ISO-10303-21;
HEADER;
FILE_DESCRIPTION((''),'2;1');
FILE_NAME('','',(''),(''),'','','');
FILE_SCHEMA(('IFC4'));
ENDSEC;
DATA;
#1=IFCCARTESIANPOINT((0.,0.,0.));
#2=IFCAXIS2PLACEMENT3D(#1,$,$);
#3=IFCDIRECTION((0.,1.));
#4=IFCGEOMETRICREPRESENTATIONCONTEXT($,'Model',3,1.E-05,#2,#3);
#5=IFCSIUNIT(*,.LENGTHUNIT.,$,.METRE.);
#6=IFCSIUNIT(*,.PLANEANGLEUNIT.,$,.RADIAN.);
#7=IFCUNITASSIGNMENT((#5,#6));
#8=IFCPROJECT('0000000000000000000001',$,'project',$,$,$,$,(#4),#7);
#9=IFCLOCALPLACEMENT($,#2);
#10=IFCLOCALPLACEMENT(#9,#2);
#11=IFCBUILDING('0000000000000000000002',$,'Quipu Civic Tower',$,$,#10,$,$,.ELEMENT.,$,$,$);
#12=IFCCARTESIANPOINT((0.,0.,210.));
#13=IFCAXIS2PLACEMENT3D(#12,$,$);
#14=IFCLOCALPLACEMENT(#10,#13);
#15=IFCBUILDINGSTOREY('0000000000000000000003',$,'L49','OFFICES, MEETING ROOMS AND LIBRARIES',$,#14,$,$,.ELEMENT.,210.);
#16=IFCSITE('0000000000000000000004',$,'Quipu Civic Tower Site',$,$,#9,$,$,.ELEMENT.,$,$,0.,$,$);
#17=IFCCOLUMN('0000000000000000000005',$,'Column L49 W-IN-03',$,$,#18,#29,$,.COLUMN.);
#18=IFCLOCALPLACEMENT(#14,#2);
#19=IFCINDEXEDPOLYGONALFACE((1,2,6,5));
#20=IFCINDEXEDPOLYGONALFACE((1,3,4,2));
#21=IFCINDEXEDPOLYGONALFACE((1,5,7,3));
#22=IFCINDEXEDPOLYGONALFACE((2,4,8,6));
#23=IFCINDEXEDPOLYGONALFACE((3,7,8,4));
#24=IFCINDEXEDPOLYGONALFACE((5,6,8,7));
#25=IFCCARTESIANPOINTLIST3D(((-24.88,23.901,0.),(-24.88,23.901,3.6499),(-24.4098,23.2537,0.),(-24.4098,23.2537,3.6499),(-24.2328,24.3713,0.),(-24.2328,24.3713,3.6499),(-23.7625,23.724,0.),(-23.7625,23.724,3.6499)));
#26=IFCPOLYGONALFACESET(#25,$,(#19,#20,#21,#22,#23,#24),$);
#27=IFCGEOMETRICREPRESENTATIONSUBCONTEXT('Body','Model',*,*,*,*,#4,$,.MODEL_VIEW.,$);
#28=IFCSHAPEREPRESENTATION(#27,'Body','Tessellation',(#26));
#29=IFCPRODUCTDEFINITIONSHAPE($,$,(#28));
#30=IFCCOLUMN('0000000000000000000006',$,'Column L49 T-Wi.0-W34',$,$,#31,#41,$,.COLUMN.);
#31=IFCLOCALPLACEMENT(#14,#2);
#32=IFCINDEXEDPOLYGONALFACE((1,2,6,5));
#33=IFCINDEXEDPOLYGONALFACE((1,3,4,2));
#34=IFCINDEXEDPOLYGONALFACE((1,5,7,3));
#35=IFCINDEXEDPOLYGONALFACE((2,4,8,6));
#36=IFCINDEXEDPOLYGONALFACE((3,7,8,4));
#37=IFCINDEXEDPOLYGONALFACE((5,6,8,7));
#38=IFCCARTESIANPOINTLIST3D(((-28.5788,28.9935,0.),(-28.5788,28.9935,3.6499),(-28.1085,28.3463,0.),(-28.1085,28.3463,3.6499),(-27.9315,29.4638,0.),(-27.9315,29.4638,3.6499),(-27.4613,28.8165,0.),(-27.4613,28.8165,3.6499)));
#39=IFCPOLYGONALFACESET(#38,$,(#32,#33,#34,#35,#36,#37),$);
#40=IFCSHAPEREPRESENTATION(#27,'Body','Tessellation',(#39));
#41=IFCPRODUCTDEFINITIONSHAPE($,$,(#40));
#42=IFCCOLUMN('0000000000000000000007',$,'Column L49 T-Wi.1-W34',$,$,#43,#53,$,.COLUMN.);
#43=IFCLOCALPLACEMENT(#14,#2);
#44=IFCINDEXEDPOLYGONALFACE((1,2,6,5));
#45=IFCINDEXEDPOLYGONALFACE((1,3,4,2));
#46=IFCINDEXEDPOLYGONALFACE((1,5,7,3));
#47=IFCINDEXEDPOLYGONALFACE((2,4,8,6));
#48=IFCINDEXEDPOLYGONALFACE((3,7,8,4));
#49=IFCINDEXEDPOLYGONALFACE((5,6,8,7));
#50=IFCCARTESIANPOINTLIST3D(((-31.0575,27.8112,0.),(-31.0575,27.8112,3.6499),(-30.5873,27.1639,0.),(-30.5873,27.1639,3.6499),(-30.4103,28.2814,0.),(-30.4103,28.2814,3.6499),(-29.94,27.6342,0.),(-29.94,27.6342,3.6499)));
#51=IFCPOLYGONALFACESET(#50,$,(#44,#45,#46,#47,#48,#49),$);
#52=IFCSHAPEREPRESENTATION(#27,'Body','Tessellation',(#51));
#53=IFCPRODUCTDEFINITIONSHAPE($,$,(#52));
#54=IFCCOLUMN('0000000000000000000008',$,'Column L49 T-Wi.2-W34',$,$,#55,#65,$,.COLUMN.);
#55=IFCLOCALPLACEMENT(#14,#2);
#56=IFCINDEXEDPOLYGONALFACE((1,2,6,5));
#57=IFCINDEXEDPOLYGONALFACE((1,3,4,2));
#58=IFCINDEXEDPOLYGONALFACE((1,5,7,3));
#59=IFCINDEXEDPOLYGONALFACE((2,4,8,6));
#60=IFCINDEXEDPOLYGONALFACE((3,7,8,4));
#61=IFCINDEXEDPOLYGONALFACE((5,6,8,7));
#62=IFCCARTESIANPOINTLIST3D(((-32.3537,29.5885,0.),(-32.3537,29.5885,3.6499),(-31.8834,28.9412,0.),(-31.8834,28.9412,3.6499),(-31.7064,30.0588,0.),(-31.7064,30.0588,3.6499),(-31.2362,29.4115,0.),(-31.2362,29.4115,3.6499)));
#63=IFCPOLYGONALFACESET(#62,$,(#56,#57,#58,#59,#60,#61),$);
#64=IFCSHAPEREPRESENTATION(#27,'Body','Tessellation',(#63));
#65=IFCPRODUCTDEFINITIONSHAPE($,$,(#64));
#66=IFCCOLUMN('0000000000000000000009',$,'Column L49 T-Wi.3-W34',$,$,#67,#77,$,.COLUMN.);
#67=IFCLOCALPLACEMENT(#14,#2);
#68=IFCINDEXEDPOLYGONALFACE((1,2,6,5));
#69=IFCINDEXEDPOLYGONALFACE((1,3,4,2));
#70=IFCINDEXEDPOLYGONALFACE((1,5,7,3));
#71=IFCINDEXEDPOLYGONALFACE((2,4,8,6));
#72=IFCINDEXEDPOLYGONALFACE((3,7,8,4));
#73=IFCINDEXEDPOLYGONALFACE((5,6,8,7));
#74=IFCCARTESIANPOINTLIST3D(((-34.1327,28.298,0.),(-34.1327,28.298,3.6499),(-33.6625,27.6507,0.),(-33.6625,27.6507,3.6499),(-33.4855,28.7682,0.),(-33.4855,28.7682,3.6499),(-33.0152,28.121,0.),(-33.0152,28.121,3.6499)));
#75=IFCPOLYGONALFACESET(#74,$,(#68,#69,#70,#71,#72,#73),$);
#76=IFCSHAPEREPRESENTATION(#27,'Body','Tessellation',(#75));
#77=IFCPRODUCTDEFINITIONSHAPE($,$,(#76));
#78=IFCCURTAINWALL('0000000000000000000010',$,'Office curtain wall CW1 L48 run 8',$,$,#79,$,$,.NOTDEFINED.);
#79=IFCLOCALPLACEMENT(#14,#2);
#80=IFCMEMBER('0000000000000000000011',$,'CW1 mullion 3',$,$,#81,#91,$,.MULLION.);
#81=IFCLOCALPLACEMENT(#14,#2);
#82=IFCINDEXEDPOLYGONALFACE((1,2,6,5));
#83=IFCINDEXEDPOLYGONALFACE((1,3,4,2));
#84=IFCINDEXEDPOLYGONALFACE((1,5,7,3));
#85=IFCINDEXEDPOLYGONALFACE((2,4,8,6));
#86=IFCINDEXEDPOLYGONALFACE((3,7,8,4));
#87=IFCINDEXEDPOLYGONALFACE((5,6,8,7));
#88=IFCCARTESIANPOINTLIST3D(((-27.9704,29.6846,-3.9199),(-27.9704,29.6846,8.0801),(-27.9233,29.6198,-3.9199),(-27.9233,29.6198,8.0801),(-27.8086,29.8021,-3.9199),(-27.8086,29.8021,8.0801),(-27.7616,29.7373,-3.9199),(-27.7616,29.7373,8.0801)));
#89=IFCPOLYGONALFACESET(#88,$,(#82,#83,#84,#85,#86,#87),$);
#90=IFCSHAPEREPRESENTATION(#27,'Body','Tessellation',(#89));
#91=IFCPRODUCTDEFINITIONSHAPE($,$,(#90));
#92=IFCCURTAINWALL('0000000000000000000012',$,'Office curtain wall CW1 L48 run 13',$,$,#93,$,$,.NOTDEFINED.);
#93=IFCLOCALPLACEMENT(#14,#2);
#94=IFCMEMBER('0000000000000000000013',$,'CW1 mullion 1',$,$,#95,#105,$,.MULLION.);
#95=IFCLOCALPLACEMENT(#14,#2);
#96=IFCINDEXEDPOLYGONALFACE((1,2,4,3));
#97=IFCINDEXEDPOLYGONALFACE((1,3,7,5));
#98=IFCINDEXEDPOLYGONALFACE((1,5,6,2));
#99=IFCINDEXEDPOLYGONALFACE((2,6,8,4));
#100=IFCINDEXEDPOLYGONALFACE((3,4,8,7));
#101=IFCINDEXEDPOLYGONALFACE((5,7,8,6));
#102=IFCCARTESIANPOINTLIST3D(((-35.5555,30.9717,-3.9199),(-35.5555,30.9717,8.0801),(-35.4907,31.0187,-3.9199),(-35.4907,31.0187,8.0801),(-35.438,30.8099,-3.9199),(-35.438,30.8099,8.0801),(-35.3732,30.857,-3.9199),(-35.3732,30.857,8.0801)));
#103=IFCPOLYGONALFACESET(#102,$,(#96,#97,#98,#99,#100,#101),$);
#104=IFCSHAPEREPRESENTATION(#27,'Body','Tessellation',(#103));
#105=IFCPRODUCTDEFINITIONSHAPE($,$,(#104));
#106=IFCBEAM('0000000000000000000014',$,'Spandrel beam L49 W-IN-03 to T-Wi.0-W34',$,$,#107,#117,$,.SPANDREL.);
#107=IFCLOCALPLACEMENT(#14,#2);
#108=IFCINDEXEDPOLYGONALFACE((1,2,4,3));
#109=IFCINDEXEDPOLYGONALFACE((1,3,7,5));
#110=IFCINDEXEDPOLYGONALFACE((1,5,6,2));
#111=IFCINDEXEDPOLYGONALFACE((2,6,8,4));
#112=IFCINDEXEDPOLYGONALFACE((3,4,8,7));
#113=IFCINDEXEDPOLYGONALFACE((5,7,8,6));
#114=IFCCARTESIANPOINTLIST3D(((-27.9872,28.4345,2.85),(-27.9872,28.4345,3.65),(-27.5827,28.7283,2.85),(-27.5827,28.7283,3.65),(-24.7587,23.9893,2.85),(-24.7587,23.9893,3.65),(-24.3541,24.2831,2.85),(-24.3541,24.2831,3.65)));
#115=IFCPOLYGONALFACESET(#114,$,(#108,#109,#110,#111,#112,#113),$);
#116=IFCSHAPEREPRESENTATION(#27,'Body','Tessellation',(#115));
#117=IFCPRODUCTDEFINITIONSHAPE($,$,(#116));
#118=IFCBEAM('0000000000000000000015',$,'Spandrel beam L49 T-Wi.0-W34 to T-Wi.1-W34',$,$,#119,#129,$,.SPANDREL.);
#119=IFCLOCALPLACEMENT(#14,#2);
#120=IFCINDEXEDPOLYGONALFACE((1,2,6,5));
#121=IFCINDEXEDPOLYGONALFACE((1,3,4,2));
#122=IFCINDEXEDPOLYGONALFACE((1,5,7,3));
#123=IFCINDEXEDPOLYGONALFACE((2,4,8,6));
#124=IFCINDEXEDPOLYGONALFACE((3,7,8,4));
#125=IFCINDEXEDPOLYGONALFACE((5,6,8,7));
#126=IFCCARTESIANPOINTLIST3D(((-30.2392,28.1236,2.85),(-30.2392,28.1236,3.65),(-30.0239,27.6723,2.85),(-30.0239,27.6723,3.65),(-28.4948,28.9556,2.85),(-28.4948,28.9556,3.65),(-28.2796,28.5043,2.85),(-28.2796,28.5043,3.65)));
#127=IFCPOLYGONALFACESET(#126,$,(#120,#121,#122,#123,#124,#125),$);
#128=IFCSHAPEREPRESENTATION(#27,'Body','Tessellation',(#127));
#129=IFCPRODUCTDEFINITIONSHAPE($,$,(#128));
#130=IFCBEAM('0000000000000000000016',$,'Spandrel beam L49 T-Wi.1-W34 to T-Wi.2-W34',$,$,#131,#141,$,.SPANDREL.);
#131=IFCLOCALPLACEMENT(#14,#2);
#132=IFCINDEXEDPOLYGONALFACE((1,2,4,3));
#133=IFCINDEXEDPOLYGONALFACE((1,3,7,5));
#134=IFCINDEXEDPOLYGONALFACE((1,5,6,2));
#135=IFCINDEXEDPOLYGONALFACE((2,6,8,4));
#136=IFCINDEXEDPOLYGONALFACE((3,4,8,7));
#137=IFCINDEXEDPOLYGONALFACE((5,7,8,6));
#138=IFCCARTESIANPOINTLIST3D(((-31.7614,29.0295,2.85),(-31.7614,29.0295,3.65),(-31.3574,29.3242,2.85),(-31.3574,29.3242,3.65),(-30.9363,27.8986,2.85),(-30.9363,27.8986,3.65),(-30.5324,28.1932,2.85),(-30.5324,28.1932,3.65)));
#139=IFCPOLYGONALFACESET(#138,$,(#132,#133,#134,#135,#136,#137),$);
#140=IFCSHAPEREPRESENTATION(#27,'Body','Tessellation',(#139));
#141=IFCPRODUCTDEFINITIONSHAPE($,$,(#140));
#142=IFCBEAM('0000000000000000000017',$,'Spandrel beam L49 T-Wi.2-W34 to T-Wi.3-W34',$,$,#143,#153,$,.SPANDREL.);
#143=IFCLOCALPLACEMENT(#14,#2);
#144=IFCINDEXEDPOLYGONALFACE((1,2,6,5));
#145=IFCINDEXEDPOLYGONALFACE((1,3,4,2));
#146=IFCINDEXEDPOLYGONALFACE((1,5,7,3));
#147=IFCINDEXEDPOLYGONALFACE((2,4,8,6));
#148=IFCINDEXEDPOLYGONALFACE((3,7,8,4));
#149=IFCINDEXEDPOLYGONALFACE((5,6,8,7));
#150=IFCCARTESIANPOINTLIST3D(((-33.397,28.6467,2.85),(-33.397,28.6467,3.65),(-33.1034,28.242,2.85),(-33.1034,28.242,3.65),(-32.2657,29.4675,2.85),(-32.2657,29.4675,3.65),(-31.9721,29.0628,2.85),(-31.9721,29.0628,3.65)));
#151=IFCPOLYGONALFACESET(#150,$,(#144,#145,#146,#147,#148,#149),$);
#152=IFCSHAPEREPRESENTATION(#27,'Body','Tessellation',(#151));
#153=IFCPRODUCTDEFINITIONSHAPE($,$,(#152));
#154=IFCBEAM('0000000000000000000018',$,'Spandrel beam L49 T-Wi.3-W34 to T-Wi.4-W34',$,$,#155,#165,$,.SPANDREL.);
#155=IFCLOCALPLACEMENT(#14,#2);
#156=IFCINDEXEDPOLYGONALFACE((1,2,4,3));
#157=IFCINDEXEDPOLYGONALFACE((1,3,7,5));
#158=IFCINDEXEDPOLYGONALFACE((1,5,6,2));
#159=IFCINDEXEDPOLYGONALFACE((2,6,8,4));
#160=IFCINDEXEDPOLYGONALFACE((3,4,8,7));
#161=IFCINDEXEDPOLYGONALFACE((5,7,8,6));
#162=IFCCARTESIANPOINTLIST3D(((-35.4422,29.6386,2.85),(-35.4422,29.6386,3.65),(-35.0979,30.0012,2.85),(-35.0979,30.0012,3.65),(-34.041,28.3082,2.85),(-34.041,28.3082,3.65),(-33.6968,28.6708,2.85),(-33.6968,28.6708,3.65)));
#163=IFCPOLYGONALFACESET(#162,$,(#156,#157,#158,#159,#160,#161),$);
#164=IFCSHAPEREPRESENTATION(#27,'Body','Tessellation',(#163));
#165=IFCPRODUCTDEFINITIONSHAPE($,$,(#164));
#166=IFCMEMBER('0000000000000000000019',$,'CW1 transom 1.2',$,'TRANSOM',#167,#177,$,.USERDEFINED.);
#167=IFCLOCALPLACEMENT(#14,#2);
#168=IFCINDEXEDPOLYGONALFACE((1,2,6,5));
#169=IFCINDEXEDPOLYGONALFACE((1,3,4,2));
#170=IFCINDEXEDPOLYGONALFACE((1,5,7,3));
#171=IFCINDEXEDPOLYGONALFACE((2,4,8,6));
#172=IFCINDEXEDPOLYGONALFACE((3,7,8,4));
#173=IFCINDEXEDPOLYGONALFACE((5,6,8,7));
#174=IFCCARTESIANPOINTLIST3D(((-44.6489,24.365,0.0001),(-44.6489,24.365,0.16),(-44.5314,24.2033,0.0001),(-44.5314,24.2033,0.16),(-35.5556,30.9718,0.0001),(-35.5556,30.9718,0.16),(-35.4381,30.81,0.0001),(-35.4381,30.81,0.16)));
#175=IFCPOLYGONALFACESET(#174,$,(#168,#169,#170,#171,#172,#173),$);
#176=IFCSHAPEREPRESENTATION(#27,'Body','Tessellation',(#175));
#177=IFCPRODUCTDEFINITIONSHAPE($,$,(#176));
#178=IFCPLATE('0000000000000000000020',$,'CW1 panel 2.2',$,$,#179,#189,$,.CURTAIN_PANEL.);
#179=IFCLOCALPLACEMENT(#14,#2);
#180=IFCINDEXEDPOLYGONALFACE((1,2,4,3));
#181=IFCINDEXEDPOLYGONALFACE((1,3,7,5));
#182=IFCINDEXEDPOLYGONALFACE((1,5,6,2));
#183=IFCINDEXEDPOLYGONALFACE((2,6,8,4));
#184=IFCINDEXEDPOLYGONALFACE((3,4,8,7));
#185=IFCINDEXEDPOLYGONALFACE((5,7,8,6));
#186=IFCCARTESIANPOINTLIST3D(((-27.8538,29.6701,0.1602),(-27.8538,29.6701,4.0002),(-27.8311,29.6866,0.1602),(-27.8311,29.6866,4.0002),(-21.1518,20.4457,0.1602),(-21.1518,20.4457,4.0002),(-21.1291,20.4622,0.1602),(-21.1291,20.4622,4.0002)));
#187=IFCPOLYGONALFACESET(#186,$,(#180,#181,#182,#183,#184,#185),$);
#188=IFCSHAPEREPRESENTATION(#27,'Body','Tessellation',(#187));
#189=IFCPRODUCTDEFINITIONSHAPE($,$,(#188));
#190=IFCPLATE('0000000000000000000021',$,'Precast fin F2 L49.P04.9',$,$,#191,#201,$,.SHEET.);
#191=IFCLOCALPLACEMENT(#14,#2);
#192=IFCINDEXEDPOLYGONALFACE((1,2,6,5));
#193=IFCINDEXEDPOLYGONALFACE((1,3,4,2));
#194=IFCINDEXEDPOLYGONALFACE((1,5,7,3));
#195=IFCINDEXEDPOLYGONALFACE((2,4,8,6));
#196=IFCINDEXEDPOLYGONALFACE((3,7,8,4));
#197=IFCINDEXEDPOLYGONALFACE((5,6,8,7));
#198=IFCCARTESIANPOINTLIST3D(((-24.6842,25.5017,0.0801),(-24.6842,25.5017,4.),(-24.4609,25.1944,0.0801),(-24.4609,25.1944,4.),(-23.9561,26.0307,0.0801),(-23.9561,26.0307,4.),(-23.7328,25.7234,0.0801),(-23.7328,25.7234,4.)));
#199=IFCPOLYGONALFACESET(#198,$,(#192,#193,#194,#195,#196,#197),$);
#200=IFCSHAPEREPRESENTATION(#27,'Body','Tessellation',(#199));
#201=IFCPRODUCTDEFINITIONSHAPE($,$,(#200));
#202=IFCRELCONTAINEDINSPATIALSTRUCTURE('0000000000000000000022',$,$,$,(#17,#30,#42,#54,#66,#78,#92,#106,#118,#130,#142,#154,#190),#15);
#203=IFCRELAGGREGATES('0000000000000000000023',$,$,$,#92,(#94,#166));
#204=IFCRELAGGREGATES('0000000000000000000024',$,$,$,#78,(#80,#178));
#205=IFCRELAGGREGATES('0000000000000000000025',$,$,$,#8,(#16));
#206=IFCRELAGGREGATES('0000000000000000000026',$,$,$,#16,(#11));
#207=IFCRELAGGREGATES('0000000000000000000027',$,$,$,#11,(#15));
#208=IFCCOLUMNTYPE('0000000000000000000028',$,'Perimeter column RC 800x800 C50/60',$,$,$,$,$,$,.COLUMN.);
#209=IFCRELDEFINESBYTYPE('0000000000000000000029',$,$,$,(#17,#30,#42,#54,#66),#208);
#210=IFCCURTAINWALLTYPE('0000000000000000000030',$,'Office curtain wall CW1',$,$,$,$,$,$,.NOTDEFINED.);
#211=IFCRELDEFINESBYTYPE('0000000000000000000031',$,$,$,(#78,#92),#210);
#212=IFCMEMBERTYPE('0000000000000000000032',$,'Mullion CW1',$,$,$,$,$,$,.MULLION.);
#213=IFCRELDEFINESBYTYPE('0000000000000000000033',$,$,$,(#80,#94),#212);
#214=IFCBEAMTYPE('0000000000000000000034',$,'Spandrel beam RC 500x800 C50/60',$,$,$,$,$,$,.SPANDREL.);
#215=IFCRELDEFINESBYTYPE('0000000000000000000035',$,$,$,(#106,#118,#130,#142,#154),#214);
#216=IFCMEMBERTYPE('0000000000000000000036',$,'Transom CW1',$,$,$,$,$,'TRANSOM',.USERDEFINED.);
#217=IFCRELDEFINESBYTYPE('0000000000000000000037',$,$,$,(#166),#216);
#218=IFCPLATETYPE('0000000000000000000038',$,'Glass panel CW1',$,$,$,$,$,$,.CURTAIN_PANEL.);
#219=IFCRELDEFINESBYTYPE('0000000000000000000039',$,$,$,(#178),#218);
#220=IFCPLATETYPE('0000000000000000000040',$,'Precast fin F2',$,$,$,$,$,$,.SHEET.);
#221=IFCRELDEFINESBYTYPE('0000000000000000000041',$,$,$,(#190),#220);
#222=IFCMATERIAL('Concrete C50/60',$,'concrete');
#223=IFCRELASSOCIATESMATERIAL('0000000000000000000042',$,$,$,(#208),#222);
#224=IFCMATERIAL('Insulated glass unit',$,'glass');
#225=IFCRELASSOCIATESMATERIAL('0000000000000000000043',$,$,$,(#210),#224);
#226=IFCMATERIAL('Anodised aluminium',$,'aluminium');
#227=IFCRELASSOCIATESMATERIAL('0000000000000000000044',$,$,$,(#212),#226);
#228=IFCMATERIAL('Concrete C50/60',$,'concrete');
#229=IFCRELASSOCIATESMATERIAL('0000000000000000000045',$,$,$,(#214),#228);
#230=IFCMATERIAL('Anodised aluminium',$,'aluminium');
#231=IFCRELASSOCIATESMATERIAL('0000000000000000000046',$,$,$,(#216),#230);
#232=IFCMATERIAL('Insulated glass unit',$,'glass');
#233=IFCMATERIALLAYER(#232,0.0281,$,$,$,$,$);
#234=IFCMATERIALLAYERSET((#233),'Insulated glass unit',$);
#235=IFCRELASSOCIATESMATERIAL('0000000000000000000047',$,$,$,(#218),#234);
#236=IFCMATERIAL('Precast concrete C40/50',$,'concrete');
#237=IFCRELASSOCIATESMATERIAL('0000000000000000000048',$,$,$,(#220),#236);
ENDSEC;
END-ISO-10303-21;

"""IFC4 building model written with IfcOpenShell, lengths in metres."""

from ifc_helpers import new_model, si_unit, direction, frame, origin, origin_2d, place, context, subcontext, project, spatial, rectangle, extrude, material, layer, layer_set, material_profile, profile_set, type_object, element, aggregate, save


model = new_model("IFC4")

# Units and contexts
model_context = context("Model", 3, precision=1e-05, world=origin(), true_north=direction((0.0, 1.0)))
body_context = subcontext(model_context, "Body", "Model", "MODEL_VIEW")
ifc_project = project(units=[si_unit("LENGTHUNIT", "METRE"), si_unit("PLANEANGLEUNIT", "RADIAN")], contexts=[model_context])

# Site, building, storey
site_placement = place(None, origin())
site = spatial("IfcSite", under=ifc_project, at=site_placement, Name="Quipu Civic Tower Site", CompositionType="ELEMENT", RefElevation=0.0)
building_placement = place(site_placement, origin())
building = spatial("IfcBuilding", under=site, at=building_placement, Name="Quipu Civic Tower", CompositionType="ELEMENT")
storey_placement = place(building_placement, frame((0.0, 0.0, 210.0)))
storey = spatial("IfcBuildingStorey", under=building, at=storey_placement, Name="L49", Description="OFFICES, MEETING ROOMS AND LIBRARIES", CompositionType="ELEMENT", Elevation=210.0)

# Columns
ifc_material_1 = material(Name="Concrete C50/60", Category="concrete")
ifc_material_profile_1 = material_profile(ifc_material_1, rectangle(XDim=0.8, YDim=0.8, at=origin_2d()), Name="RC800x800")
ifc_profile_set_1 = profile_set([ifc_material_profile_1], Name="Concrete C50/60")
column_type = type_object("IfcColumnType", Name="Perimeter column RC 800x800 C50/60", PredefinedType="COLUMN", material=ifc_profile_set_1)
for number, where, z_axis, x_axis, name in (
    (1, (-24.3213, 23.8125, 0.0), (0.0, 0.0, 1.0), (-0.587785, 0.809017, 0.0), "Column L49 W-IN-03"),
    (2, (-28.02, 28.905, 0.0), (0.0, 0.0, 1.0), (-0.809017, -0.587785, 0.0), "Column L49 T-Wi.0-W34"),
    (3, (-30.4988, 27.7227, 0.0), (0.0, 0.0, 1.0), (-0.809017, -0.587785, 0.0), "Column L49 T-Wi.1-W34"),
    (4, (-31.7949, 29.5, 0.0), (0.0, 0.0, 1.0), (-0.587785, 0.809017, 0.0), "Column L49 T-Wi.2-W34"),
    (5, (-33.574, 28.2095, 0.0), (0.0, 0.0, 1.0), (-0.587785, 0.809017, 0.0), "Column L49 T-Wi.3-W34"),
):
    element("IfcColumn", number, at=place(storey_placement, frame(where, z_axis=z_axis, x_axis=x_axis)), inside=storey, type_object=column_type, Name=name, PredefinedType="COLUMN", context=body_context, shape_type="SweptSolid", body=[
        extrude(rectangle(XDim=0.8, YDim=0.8, at=origin_2d()), origin(), (0.0, 0.0, 1.0), 3.6499),
    ])

# Curtain walls, members
ifc_material_2 = material(Name="Insulated glass unit", Category="glass")
curtain_wall_type = type_object("IfcCurtainWallType", Name="Office curtain wall CW1", PredefinedType="NOTDEFINED", material=ifc_material_2)
curtain_wall_1_placement = place(storey_placement, origin())
curtain_wall_1 = element("IfcCurtainWall", 6, at=curtain_wall_1_placement, inside=storey, type_object=curtain_wall_type, Name="Office curtain wall CW1 L48 run 8", PredefinedType="NOTDEFINED")
ifc_material_3 = material(Name="Anodised aluminium", Category="aluminium")
ifc_material_profile_2 = material_profile(ifc_material_3, rectangle(XDim=0.2, YDim=0.0801, at=origin_2d()), Name="RECT 200x80")
ifc_profile_set_2 = profile_set([ifc_material_profile_2], Name="Anodised aluminium")
member_type_1 = type_object("IfcMemberType", Name="Mullion CW1", PredefinedType="MULLION", material=ifc_profile_set_2)
member_1_placement = place(storey_placement, frame((-27.866, 29.7109, -3.9199), z_axis=(0.0, 0.0, 1.0), x_axis=(-0.809014, -0.587789, 0.0)))
member_1 = element("IfcMember", 7, at=member_1_placement, type_object=member_type_1, Name="CW1 mullion 3", PredefinedType="MULLION", context=body_context, shape_type="SweptSolid", body=[
    extrude(rectangle(XDim=0.2, YDim=0.0801, at=origin_2d()), origin(), (0.0, 0.0, 1.0), 12.0),
])
curtain_wall_2_placement = place(storey_placement, origin())
curtain_wall_2 = element("IfcCurtainWall", 8, at=curtain_wall_2_placement, inside=storey, type_object=curtain_wall_type, Name="Office curtain wall CW1 L48 run 13", PredefinedType="NOTDEFINED")
member_2_placement = place(storey_placement, frame((-35.4644, 30.9143, -3.9199), z_axis=(0.0, 0.0, 1.0), x_axis=(0.587788, -0.809015, 0.0)))
member_2 = element("IfcMember", 9, at=member_2_placement, type_object=member_type_1, Name="CW1 mullion 1", PredefinedType="MULLION", context=body_context, shape_type="SweptSolid", body=[
    extrude(rectangle(XDim=0.2, YDim=0.0801, at=origin_2d()), origin(), (0.0, 0.0, 1.0), 12.0),
])

# Beams
ifc_material_4 = material(Name="Concrete C50/60", Category="concrete")
ifc_material_profile_3 = material_profile(ifc_material_4, rectangle(XDim=0.5, YDim=0.8, at=origin_2d()), Name="RC500x800")
ifc_profile_set_3 = profile_set([ifc_material_profile_3], Name="Concrete C50/60")
beam_type = type_object("IfcBeamType", Name="Spandrel beam RC 500x800 C50/60", PredefinedType="SPANDREL", material=ifc_profile_set_3)
beam_1_placement = place(storey_placement, frame((-24.5564, 24.1362, 3.25), z_axis=(-0.587664, 0.809105, 0.0), x_axis=(-0.809105, -0.587664, 0.0)))
element("IfcBeam", 10, at=beam_1_placement, inside=storey, type_object=beam_type, Name="Spandrel beam L49 W-IN-03 to T-Wi.0-W34", PredefinedType="SPANDREL", context=body_context, shape_type="SweptSolid", body=[
    extrude(rectangle(XDim=0.5, YDim=0.8, at=origin_2d()), origin(), (0.0, 0.0, 1.0), 5.4939),
])
beam_2_placement = place(storey_placement, frame((-28.3872, 28.73, 3.25), z_axis=(-0.902585, -0.430512, 0.0), x_axis=(0.430512, -0.902585, 0.0)))
element("IfcBeam", 11, at=beam_2_placement, inside=storey, type_object=beam_type, Name="Spandrel beam L49 T-Wi.0-W34 to T-Wi.1-W34", PredefinedType="SPANDREL", context=body_context, shape_type="SweptSolid", body=[
    extrude(rectangle(XDim=0.5, YDim=0.8, at=origin_2d()), origin(), (0.0, 0.0, 1.0), 1.9326),
])
beam_3_placement = place(storey_placement, frame((-30.7344, 28.0459, 3.25), z_axis=(-0.589343, 0.807883, 0.0), x_axis=(-0.807883, -0.589343, 0.0)))
element("IfcBeam", 12, at=beam_3_placement, inside=storey, type_object=beam_type, Name="Spandrel beam L49 T-Wi.1-W34 to T-Wi.2-W34", PredefinedType="SPANDREL", context=body_context, shape_type="SweptSolid", body=[
    extrude(rectangle(XDim=0.5, YDim=0.8, at=origin_2d()), origin(), (0.0, 0.0, 1.0), 1.3999),
])
beam_4_placement = place(storey_placement, frame((-32.1189, 29.2651, 3.25), z_axis=(-0.809415, -0.587237, 0.0), x_axis=(0.587237, -0.809415, 0.0)))
element("IfcBeam", 13, at=beam_4_placement, inside=storey, type_object=beam_type, Name="Spandrel beam L49 T-Wi.2-W34 to T-Wi.3-W34", PredefinedType="SPANDREL", context=body_context, shape_type="SweptSolid", body=[
    extrude(rectangle(XDim=0.5, YDim=0.8, at=origin_2d()), origin(), (0.0, 0.0, 1.0), 1.3977),
])
beam_5_placement = place(storey_placement, frame((-33.8689, 28.4895, 3.25), z_axis=(-0.725192, 0.688547, 0.0), x_axis=(-0.688547, -0.725192, 0.0)))
element("IfcBeam", 14, at=beam_5_placement, inside=storey, type_object=beam_type, Name="Spandrel beam L49 T-Wi.3-W34 to T-Wi.4-W34", PredefinedType="SPANDREL", context=body_context, shape_type="SweptSolid", body=[
    extrude(rectangle(XDim=0.5, YDim=0.8, at=origin_2d()), origin(), (0.0, 0.0, 1.0), 1.9321),
])

# Member
ifc_material_5 = material(Name="Anodised aluminium", Category="aluminium")
ifc_material_profile_4 = material_profile(ifc_material_5, rectangle(XDim=0.2, YDim=0.1599, at=origin_2d()), Name="RECT 200x160")
ifc_profile_set_4 = profile_set([ifc_material_profile_4], Name="Anodised aluminium")
member_type_2 = type_object("IfcMemberType", Name="Transom CW1", ElementType="TRANSOM", PredefinedType="USERDEFINED", material=ifc_profile_set_4)
member_3_placement = place(storey_placement, frame((-35.4968, 30.8909, 0.0801), z_axis=(-0.809015, -0.587788, 0.0), x_axis=(0.587788, -0.809015, 0.0)))
member_3 = element("IfcMember", 15, at=member_3_placement, type_object=member_type_2, Name="CW1 transom 1.2", ObjectType="TRANSOM", PredefinedType="USERDEFINED", context=body_context, shape_type="SweptSolid", body=[
    extrude(rectangle(XDim=0.2, YDim=0.1599, at=origin_2d()), origin(), (0.0, 0.0, 1.0), 11.24),
])
aggregate(curtain_wall_2, [member_2, member_3])

# Plate
ifc_material_6 = material(Name="Insulated glass unit", Category="glass")
ifc_layer_1 = layer(ifc_material_6, 0.0281)
ifc_layer_set_1 = layer_set([ifc_layer_1], Name="Insulated glass unit")
plate_type_1 = type_object("IfcPlateType", Name="Glass panel CW1", PredefinedType="CURTAIN_PANEL", material=ifc_layer_set_1)
plate_placement = place(storey_placement, frame((-24.4915, 25.0662, 0.1602), z_axis=(0.0, 0.0, 1.0), x_axis=(-0.587789, 0.809014, 0.0)))
plate = element("IfcPlate", 16, at=plate_placement, type_object=plate_type_1, Name="CW1 panel 2.2", PredefinedType="CURTAIN_PANEL", context=body_context, shape_type="SweptSolid", body=[
    extrude(rectangle(XDim=11.4021, YDim=0.0281, at=origin_2d()), origin(), (0.0, 0.0, 1.0), 3.8401),
])
aggregate(curtain_wall_1, [member_1, plate])

# Plate
ifc_material_7 = material(Name="Precast concrete C40/50", Category="concrete")
plate_type_2 = type_object("IfcPlateType", Name="Precast fin F2", PredefinedType="SHEET", material=ifc_material_7)
for number, where, z_axis, x_axis, name in (
    (17, (-24.2085, 25.6125, 0.0801), (0.0, 0.0, 1.0), (-0.587787, 0.809016, 0.0), "Precast fin F2 L49.P04.9"),
):
    element("IfcPlate", number, at=place(storey_placement, frame(where, z_axis=z_axis, x_axis=x_axis)), inside=storey, type_object=plate_type_2, Name=name, PredefinedType="SHEET", context=body_context, shape_type="SweptSolid", body=[
        extrude(rectangle(XDim=0.3799, YDim=0.8999, at=origin_2d()), origin(), (0.0, 0.0, 1.0), 3.9199),
    ])

save(model, "model.ifc")
